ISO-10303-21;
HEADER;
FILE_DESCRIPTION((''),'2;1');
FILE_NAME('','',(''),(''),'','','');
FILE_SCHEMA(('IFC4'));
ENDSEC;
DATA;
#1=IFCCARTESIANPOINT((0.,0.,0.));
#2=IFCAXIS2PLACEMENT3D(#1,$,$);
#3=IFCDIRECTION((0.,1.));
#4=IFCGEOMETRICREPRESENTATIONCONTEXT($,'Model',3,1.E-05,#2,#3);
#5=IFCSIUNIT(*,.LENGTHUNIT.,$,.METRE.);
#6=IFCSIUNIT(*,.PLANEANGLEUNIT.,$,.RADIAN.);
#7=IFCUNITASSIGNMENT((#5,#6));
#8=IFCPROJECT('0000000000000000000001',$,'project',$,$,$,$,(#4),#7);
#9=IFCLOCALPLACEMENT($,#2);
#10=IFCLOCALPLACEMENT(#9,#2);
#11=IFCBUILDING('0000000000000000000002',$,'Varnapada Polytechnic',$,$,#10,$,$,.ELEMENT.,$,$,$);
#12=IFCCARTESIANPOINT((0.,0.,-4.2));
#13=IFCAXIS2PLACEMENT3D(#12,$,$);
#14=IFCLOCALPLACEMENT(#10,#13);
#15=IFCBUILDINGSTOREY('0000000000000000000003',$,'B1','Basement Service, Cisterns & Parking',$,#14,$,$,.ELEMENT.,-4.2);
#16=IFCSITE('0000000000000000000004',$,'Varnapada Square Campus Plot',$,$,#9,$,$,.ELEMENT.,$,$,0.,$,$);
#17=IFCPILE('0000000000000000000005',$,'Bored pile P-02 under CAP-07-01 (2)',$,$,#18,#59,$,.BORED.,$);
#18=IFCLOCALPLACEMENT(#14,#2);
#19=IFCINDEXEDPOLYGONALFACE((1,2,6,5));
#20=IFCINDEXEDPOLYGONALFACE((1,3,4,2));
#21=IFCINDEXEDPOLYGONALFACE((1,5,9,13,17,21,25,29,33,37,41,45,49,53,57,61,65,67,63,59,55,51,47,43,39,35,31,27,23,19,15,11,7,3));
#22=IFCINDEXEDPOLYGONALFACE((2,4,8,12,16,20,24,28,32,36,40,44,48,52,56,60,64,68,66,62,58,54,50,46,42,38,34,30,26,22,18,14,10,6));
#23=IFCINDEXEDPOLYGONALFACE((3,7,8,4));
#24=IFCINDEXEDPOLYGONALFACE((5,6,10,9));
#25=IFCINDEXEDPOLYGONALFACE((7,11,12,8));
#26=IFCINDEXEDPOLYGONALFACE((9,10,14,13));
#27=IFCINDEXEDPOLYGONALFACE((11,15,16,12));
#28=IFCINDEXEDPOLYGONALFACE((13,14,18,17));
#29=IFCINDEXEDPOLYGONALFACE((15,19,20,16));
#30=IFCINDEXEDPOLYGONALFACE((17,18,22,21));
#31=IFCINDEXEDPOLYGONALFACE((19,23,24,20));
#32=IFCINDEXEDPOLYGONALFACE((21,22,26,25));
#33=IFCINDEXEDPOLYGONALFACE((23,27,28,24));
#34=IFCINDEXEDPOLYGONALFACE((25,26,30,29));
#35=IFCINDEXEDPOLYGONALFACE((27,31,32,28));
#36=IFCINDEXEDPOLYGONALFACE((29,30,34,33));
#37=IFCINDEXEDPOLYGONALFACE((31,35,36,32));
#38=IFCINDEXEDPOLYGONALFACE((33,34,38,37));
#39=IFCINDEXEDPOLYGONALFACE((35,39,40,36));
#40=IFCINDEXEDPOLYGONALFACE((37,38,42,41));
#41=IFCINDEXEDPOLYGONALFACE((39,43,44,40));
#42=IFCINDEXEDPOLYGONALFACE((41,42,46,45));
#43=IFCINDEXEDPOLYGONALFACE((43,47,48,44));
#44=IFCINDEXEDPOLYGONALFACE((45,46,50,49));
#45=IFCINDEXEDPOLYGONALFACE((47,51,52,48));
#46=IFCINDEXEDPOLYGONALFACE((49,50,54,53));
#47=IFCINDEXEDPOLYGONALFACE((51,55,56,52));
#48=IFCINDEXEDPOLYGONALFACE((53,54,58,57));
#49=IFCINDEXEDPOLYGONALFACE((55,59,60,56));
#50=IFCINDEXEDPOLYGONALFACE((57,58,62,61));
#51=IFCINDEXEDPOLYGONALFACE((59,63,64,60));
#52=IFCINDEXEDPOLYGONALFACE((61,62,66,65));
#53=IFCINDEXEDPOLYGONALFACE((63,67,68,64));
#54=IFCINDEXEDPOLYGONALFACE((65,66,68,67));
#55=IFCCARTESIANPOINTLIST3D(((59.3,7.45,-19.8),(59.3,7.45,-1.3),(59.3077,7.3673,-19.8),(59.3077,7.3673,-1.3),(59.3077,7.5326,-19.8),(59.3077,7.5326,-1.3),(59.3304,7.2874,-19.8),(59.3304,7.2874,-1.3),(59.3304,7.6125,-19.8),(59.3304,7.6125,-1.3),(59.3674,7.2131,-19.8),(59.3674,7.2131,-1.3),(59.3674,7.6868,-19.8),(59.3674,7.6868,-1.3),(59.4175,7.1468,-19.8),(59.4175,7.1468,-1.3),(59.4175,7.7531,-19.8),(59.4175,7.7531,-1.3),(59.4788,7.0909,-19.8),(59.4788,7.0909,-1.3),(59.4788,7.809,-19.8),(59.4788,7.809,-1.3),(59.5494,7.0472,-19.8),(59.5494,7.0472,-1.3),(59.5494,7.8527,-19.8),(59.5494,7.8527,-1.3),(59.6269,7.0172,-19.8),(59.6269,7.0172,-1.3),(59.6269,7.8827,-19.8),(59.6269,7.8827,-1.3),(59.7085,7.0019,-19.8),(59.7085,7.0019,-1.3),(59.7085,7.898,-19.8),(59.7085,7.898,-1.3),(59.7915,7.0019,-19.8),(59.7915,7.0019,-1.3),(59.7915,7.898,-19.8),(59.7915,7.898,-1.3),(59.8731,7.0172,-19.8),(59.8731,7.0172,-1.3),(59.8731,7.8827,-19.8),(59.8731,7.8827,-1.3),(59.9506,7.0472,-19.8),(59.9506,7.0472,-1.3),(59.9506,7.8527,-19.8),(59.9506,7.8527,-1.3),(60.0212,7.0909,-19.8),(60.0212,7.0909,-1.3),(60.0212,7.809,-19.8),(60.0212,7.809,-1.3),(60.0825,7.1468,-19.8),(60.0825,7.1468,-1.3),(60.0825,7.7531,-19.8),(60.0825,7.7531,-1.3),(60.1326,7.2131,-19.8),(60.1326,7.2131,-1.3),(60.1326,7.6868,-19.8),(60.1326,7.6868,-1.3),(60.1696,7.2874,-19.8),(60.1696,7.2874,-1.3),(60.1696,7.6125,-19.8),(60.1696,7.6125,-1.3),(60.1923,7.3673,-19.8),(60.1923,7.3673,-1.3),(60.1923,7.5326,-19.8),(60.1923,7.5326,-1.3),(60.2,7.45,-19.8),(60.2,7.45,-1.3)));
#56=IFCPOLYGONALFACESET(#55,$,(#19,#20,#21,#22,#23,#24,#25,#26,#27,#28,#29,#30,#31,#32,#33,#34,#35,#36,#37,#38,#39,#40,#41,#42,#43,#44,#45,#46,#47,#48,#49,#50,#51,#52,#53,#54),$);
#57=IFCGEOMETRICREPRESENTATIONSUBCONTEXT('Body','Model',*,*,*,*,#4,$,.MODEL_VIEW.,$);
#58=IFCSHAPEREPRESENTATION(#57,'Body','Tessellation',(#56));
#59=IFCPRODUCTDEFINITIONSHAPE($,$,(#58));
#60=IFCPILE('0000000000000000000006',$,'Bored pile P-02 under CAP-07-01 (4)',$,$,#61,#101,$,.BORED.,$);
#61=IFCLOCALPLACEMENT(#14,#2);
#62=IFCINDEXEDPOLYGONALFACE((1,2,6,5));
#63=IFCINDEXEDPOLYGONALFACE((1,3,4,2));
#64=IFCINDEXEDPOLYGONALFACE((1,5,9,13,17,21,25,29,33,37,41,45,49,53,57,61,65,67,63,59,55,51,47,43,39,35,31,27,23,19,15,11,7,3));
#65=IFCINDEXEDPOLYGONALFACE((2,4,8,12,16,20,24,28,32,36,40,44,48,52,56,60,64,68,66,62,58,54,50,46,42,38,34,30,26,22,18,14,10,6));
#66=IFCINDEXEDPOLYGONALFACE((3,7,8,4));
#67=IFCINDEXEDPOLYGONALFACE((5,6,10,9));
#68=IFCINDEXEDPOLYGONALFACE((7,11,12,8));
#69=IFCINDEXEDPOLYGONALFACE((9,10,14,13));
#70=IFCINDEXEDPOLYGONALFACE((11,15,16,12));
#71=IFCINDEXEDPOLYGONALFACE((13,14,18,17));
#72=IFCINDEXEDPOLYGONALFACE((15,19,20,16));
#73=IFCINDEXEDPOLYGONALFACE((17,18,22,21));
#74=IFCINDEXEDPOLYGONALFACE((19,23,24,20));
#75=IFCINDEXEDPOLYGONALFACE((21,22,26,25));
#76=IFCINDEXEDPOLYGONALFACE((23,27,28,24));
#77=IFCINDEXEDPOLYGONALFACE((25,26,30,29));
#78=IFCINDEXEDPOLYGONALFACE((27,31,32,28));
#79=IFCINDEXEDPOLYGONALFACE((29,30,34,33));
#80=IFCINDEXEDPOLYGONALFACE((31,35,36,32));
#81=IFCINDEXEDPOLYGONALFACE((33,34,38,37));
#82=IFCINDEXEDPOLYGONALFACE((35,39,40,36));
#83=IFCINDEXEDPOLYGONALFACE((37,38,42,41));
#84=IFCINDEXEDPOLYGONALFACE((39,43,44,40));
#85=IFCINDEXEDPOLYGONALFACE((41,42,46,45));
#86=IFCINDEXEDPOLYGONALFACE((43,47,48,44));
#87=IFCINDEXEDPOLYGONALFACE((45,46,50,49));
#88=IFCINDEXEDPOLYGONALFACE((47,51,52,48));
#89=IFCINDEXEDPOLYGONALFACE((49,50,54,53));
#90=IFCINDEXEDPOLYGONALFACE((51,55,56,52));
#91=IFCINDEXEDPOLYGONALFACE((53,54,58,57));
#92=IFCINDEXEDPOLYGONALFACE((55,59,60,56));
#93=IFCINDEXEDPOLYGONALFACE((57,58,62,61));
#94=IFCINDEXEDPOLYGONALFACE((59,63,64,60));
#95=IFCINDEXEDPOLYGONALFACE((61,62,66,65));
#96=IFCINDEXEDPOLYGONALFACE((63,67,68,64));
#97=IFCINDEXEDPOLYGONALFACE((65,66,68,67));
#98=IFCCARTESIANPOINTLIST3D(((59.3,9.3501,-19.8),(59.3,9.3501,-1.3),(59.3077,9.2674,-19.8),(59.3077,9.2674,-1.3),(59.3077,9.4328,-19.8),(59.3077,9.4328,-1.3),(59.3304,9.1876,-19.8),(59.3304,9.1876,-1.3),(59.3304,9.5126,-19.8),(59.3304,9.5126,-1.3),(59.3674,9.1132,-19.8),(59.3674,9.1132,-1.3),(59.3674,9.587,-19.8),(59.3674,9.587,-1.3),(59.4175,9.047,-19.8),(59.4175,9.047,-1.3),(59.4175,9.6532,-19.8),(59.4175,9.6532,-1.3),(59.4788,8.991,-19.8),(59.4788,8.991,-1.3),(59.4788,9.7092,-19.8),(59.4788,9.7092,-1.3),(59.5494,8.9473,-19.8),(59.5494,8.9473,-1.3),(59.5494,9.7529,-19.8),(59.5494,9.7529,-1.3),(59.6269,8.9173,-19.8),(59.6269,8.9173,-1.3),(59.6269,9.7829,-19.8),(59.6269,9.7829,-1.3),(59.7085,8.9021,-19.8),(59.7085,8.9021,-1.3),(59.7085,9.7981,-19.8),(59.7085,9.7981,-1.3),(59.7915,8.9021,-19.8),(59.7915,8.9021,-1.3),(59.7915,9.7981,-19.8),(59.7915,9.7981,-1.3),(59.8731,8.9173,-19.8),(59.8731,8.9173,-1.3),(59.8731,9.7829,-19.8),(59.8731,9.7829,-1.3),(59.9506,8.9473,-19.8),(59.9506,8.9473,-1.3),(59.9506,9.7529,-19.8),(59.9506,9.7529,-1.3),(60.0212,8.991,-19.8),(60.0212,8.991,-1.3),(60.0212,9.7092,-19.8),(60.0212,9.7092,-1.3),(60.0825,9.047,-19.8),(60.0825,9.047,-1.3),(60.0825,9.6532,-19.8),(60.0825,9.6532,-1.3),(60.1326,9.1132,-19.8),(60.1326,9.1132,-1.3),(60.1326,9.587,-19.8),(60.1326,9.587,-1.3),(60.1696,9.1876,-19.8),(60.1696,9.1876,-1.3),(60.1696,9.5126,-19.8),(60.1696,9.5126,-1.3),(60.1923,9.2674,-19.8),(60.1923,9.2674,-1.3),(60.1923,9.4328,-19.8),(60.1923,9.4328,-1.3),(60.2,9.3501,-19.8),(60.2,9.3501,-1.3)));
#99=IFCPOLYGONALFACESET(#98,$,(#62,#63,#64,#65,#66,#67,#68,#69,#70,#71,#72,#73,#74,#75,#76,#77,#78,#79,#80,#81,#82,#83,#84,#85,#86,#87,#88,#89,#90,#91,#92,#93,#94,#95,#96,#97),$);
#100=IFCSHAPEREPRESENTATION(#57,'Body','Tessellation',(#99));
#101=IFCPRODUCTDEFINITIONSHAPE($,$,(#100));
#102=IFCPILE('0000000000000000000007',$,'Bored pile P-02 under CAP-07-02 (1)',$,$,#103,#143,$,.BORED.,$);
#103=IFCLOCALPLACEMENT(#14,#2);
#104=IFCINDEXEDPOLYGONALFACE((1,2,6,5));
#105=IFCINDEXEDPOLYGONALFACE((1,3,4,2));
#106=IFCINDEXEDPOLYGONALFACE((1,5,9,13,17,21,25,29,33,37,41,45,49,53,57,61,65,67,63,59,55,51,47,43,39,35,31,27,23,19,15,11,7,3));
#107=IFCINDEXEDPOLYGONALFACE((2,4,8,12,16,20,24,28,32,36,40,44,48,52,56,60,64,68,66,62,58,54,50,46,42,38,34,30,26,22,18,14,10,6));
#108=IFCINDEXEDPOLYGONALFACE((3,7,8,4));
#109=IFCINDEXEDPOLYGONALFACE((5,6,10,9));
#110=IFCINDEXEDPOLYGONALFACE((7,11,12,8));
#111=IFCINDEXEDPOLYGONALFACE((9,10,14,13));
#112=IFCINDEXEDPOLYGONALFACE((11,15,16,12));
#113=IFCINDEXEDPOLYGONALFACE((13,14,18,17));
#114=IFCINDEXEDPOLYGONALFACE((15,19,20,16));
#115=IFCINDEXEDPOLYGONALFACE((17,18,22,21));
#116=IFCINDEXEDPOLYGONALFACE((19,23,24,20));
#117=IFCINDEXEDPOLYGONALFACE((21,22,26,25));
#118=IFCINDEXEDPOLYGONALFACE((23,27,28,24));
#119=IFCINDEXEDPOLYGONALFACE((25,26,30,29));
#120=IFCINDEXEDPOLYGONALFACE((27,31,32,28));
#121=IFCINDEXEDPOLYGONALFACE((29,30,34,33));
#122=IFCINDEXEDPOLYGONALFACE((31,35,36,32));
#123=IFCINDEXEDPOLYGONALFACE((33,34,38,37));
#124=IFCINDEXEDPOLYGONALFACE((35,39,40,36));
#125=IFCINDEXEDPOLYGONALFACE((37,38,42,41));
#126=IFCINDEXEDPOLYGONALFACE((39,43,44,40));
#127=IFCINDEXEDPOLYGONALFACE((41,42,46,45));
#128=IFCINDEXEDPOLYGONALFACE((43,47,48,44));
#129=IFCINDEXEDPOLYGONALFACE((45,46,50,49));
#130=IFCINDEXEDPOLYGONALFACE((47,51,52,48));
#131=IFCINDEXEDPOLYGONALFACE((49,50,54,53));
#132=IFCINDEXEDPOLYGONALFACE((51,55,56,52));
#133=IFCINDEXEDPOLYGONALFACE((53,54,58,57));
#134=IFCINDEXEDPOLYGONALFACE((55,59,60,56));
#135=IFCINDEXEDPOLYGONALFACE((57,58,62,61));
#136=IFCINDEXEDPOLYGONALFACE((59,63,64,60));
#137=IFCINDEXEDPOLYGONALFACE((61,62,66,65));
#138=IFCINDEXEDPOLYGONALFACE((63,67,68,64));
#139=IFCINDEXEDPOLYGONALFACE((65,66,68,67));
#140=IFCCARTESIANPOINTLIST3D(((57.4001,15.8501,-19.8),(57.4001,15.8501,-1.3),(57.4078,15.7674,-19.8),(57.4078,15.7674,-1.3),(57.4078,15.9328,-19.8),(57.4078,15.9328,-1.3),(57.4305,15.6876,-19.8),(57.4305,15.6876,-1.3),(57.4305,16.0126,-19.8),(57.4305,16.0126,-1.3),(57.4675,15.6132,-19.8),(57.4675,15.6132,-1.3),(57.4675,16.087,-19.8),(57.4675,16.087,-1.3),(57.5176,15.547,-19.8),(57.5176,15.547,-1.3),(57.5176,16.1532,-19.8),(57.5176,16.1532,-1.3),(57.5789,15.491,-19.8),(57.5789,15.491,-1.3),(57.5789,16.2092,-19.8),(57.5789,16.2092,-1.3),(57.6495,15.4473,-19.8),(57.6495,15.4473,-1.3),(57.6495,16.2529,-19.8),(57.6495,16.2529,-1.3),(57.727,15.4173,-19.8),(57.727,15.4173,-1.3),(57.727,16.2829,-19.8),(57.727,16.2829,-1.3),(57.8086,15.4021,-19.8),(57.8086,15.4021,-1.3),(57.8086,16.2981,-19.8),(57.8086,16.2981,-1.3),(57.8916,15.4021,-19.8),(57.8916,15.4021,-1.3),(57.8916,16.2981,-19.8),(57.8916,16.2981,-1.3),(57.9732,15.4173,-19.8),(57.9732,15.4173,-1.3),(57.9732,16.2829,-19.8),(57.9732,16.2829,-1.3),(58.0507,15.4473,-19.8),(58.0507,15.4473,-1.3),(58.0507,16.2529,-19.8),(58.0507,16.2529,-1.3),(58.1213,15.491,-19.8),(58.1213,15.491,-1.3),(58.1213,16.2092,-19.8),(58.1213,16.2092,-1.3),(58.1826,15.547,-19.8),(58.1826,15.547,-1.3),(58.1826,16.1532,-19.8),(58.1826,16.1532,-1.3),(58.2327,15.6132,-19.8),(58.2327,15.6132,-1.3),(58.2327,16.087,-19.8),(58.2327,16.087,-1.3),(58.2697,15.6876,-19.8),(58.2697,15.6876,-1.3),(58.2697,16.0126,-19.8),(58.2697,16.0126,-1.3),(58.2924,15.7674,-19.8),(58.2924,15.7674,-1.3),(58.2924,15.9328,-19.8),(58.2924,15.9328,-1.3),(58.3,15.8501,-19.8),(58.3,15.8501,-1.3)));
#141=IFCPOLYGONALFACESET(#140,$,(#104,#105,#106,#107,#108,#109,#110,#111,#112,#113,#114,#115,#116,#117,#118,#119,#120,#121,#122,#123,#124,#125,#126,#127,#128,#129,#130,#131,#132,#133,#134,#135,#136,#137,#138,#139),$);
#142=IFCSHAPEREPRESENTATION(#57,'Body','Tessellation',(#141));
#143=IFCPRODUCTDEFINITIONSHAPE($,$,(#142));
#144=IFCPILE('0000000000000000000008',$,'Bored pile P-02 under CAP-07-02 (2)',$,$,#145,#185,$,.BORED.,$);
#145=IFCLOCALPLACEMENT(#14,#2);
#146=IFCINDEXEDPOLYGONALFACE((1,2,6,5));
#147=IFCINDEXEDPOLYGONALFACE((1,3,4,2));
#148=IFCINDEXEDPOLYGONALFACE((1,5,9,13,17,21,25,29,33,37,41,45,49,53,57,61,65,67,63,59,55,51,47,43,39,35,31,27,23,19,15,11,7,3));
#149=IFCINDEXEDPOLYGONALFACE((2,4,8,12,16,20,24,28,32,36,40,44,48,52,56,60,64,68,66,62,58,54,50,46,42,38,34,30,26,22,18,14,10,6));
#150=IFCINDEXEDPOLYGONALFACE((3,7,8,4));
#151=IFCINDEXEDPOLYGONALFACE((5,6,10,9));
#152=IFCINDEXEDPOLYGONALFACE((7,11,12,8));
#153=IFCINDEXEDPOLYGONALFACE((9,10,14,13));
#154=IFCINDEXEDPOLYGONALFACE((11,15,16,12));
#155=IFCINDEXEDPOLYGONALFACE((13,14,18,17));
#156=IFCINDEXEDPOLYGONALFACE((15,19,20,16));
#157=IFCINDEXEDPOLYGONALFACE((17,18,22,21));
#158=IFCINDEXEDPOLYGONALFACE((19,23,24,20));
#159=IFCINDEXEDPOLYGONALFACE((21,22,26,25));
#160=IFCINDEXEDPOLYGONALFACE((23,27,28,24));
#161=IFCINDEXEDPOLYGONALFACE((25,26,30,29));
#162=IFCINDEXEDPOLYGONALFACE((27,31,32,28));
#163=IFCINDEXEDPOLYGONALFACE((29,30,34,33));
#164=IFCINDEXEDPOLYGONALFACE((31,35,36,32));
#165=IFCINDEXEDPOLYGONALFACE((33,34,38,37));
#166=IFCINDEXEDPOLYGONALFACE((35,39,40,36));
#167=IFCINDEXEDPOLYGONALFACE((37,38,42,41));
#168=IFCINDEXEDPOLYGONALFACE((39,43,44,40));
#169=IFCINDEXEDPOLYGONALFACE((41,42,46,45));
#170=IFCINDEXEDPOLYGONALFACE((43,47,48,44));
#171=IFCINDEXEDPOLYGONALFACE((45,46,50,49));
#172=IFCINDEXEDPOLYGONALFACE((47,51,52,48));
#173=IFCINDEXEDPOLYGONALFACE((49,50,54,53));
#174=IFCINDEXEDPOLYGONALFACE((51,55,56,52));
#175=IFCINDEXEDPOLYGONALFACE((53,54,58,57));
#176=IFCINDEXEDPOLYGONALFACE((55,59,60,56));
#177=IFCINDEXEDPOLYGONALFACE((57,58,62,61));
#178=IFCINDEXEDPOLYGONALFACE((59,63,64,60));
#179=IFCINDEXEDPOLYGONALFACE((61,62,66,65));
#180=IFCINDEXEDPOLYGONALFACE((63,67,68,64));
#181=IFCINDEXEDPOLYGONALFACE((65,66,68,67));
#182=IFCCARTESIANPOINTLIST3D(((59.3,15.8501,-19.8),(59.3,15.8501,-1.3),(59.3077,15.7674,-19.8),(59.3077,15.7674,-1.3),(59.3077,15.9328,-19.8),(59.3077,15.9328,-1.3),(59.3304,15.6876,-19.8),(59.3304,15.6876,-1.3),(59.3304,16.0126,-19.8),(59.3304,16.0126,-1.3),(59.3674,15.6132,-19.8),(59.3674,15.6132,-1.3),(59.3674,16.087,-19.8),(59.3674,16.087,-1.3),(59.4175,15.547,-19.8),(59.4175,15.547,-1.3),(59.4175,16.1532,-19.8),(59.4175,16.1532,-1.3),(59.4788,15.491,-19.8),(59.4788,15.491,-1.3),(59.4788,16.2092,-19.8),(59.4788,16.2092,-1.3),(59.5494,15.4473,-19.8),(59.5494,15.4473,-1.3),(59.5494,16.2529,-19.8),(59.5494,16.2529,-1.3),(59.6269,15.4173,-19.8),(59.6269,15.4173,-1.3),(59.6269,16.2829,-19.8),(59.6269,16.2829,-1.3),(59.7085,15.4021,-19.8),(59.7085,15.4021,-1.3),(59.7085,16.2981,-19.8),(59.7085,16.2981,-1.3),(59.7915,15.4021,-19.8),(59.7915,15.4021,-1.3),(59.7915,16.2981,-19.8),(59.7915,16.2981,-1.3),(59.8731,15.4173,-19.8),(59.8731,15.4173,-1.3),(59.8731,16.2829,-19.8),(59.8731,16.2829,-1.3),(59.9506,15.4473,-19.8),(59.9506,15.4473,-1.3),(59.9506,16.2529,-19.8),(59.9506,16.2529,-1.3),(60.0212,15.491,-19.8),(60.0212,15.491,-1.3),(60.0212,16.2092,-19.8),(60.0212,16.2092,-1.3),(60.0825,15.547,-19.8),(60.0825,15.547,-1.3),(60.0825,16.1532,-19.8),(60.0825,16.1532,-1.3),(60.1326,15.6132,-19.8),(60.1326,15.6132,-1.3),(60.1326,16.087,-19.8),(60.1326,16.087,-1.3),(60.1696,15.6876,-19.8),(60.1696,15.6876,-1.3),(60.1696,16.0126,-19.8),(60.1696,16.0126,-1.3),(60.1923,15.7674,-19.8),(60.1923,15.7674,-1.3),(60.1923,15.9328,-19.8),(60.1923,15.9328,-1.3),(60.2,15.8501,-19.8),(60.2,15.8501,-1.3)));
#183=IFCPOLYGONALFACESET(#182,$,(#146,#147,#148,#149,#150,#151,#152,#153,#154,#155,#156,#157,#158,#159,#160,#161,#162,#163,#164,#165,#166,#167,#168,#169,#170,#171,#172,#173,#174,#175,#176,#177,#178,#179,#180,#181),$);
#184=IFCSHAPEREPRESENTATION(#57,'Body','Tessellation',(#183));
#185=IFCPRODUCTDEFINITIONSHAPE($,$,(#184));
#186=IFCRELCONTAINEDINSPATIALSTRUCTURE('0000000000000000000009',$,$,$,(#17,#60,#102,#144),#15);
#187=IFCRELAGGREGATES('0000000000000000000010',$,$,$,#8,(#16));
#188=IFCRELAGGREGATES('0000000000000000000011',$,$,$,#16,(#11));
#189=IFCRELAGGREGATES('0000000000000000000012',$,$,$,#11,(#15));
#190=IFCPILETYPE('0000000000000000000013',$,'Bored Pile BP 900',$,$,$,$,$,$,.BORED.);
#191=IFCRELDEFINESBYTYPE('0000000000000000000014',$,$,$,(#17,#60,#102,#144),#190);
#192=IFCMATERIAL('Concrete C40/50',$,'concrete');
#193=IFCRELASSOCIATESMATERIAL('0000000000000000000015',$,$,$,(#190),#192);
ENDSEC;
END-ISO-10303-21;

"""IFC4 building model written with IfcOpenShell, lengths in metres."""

from ifc_helpers import new_model, si_unit, direction, frame, origin, origin_2d, place, context, subcontext, project, spatial, circle, extrude, material, material_profile, profile_set, type_object, element, save


model = new_model("IFC4")

# Units and contexts
model_context = context("Model", 3, precision=1e-05, world=origin(), true_north=direction((0.0, 1.0)))
body_context = subcontext(model_context, "Body", "Model", "MODEL_VIEW")
ifc_project = project(units=[si_unit("LENGTHUNIT", "METRE"), si_unit("PLANEANGLEUNIT", "RADIAN")], contexts=[model_context])

# Site, building, storey
site_placement = place(None, origin())
site = spatial("IfcSite", under=ifc_project, at=site_placement, Name="Varnapada Square Campus Plot", CompositionType="ELEMENT", RefElevation=0.0)
building_placement = place(site_placement, origin())
building = spatial("IfcBuilding", under=site, at=building_placement, Name="Varnapada Polytechnic", CompositionType="ELEMENT")
storey_placement = place(building_placement, frame((0.0, 0.0, -4.2)))
storey = spatial("IfcBuildingStorey", under=building, at=storey_placement, Name="B1", Description="Basement Service, Cisterns & Parking", CompositionType="ELEMENT", Elevation=-4.2)

# Piles
ifc_material_1 = material(Name="Concrete C40/50", Category="concrete")
ifc_material_profile_1 = material_profile(ifc_material_1, circle(Radius=0.45, at=origin_2d()), Name="BP 900")
ifc_profile_set_1 = profile_set([ifc_material_profile_1], Name="Concrete C40/50")
pile_type_1 = type_object("IfcPileType", Name="Bored Pile BP 900", PredefinedType="BORED", material=ifc_profile_set_1)
for number, where, z_axis, x_axis, name in (
    (1, (59.75, 7.45, -1.3), (0.0, 0.0, -1.0), (1.0, 0.0, 0.0), "Bored pile P-02 under CAP-07-01 (2)"),
    (2, (59.75, 9.3501, -1.3), (0.0, 0.0, -1.0), (1.0, 0.0, 0.0), "Bored pile P-02 under CAP-07-01 (4)"),
    (3, (57.8501, 15.8501, -1.3), (0.0, 0.0, -1.0), (1.0, 0.0, 0.0), "Bored pile P-02 under CAP-07-02 (1)"),
    (4, (59.75, 15.8501, -1.3), (0.0, 0.0, -1.0), (1.0, 0.0, 0.0), "Bored pile P-02 under CAP-07-02 (2)"),
):
    element("IfcPile", number, at=place(storey_placement, frame(where, z_axis=z_axis, x_axis=x_axis)), inside=storey, type_object=pile_type_1, Name=name, PredefinedType="BORED", context=body_context, shape_type="SweptSolid", body=[
        extrude(circle(Radius=0.45, at=origin_2d()), origin(), (0.0, 0.0, 1.0), 18.5),
    ])

save(model, "model.ifc")
